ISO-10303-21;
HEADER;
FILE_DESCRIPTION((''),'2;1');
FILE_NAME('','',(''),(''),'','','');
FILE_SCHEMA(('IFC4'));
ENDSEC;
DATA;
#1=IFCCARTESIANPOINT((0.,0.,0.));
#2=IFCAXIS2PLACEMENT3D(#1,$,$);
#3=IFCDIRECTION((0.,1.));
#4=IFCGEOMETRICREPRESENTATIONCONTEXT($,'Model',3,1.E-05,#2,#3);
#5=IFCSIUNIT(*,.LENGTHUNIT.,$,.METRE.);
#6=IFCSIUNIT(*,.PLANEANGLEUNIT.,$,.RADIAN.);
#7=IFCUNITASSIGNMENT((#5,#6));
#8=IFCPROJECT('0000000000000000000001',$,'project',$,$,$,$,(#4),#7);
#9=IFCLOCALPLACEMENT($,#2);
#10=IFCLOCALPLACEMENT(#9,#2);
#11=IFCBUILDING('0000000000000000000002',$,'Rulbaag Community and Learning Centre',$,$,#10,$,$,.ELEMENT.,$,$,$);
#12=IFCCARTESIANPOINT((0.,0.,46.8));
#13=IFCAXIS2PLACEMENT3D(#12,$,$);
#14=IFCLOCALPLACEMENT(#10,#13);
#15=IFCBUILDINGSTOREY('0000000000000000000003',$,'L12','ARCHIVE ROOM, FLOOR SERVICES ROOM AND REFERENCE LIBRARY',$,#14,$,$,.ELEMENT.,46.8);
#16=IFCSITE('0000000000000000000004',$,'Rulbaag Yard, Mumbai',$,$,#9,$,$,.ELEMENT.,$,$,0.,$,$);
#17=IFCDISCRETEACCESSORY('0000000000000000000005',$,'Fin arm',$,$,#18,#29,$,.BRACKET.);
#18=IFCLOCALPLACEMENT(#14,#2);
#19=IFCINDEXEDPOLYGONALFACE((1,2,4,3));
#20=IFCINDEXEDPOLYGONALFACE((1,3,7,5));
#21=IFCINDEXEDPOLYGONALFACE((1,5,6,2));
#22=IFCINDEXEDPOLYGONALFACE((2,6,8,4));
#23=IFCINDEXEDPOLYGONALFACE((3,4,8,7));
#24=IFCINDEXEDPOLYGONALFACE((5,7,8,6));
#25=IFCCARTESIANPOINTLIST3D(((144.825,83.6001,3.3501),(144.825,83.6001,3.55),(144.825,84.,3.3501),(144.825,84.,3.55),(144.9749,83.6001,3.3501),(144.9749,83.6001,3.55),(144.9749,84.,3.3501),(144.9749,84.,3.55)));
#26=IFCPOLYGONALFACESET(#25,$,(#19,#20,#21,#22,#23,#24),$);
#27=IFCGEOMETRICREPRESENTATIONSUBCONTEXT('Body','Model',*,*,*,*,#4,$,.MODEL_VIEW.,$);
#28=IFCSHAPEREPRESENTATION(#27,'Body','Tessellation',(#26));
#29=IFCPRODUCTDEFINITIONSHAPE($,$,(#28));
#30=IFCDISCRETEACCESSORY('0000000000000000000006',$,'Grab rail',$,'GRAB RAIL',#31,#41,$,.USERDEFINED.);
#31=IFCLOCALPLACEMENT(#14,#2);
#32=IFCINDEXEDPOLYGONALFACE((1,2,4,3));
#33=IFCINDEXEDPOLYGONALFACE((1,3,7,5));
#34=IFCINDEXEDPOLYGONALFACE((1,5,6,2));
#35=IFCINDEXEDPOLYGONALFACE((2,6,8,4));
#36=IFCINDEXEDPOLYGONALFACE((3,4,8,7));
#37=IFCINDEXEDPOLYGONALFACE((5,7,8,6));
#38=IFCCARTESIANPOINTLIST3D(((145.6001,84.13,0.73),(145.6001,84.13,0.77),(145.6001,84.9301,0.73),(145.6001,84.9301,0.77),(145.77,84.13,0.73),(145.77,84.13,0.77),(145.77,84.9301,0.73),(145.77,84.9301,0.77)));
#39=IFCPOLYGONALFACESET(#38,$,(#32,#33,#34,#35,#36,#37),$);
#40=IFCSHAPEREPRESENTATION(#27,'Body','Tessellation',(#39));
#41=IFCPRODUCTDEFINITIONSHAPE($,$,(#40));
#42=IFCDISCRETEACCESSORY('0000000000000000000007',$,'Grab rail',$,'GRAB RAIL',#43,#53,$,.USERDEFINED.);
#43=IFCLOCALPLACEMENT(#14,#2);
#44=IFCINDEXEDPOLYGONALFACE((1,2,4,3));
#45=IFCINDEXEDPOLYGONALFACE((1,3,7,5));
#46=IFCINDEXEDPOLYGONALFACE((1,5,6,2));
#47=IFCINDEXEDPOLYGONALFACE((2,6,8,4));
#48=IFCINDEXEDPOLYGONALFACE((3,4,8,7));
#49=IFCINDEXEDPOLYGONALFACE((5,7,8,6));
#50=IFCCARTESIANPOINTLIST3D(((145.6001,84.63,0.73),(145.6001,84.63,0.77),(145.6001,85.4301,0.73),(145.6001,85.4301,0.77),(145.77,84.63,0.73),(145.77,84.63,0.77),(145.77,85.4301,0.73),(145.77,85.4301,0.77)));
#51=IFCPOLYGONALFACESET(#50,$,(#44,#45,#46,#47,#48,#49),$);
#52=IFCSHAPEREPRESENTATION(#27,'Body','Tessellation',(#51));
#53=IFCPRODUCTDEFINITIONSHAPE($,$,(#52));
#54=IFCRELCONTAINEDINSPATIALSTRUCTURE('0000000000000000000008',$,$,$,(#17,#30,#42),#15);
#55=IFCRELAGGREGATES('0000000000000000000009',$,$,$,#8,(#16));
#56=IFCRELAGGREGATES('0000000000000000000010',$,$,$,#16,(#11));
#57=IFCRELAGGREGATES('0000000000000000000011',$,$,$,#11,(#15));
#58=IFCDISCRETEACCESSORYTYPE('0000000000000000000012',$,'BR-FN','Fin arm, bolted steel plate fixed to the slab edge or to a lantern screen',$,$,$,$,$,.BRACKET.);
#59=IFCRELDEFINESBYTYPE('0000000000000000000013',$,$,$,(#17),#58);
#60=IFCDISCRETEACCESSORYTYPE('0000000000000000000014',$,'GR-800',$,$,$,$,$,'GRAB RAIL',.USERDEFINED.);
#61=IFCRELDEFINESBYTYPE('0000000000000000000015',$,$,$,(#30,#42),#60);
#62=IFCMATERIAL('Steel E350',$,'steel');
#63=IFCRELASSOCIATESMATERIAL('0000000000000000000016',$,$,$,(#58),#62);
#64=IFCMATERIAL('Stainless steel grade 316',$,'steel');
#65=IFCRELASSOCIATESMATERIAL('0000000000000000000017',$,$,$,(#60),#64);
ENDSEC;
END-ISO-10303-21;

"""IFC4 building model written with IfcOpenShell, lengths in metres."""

from ifc_helpers import new_model, si_unit, direction, frame, origin, origin_2d, place, context, subcontext, project, spatial, rectangle, extrude, material, type_object, element, save


model = new_model("IFC4")

# Units and contexts
model_context = context("Model", 3, precision=1e-05, world=origin(), true_north=direction((0.0, 1.0)))
body_context = subcontext(model_context, "Body", "Model", "MODEL_VIEW")
ifc_project = project(units=[si_unit("LENGTHUNIT", "METRE"), si_unit("PLANEANGLEUNIT", "RADIAN")], contexts=[model_context])

# Site, building, storey
site_placement = place(None, origin())
site = spatial("IfcSite", under=ifc_project, at=site_placement, Name="Rulbaag Yard, Mumbai", CompositionType="ELEMENT", RefElevation=0.0)
building_placement = place(site_placement, origin())
building = spatial("IfcBuilding", under=site, at=building_placement, Name="Rulbaag Community and Learning Centre", CompositionType="ELEMENT")
storey_placement = place(building_placement, frame((0.0, 0.0, 46.8)))
storey = spatial("IfcBuildingStorey", under=building, at=storey_placement, Name="L12", Description="ARCHIVE ROOM, FLOOR SERVICES ROOM AND REFERENCE LIBRARY", CompositionType="ELEMENT", Elevation=46.8)

# Discrete accessories
ifc_material_1 = material(Name="Steel E350", Category="steel")
discrete_accessory_type_1 = type_object("IfcDiscreteAccessoryType", Name="BR-FN", Description="Fin arm, bolted steel plate fixed to the slab edge or to a lantern screen", PredefinedType="BRACKET", material=ifc_material_1)
discrete_accessory_placement = place(storey_placement, frame((144.8999, 83.8, 3.3501), z_axis=(0.0, 0.0, 1.0), x_axis=(1.0, 0.0, 0.0)))
element("IfcDiscreteAccessory", 1, at=discrete_accessory_placement, inside=storey, type_object=discrete_accessory_type_1, Name="Fin arm", PredefinedType="BRACKET", context=body_context, shape_type="SweptSolid", body=[
    extrude(rectangle(XDim=0.1499, YDim=0.3999, at=origin_2d()), origin(), (0.0, 0.0, 1.0), 0.2),
])
ifc_material_2 = material(Name="Stainless steel grade 316", Category="steel")
discrete_accessory_type_2 = type_object("IfcDiscreteAccessoryType", Name="GR-800", ElementType="GRAB RAIL", PredefinedType="USERDEFINED", material=ifc_material_2)
for number, where, z_axis, x_axis, name in (
    (2, (145.6851, 84.53, 0.73), (0.0, 0.0, 1.0), (1.0, 0.0, 0.0), "Grab rail"),
    (3, (145.6851, 85.03, 0.73), (0.0, 0.0, 1.0), (1.0, 0.0, 0.0), "Grab rail"),
):
    element("IfcDiscreteAccessory", number, at=place(storey_placement, frame(where, z_axis=z_axis, x_axis=x_axis)), inside=storey, type_object=discrete_accessory_type_2, Name=name, ObjectType="GRAB RAIL", PredefinedType="USERDEFINED", context=body_context, shape_type="SweptSolid", body=[
        extrude(rectangle(XDim=0.1699, YDim=0.8, at=origin_2d()), origin(), (0.0, 0.0, 1.0), 0.04),
    ])

save(model, "model.ifc")
